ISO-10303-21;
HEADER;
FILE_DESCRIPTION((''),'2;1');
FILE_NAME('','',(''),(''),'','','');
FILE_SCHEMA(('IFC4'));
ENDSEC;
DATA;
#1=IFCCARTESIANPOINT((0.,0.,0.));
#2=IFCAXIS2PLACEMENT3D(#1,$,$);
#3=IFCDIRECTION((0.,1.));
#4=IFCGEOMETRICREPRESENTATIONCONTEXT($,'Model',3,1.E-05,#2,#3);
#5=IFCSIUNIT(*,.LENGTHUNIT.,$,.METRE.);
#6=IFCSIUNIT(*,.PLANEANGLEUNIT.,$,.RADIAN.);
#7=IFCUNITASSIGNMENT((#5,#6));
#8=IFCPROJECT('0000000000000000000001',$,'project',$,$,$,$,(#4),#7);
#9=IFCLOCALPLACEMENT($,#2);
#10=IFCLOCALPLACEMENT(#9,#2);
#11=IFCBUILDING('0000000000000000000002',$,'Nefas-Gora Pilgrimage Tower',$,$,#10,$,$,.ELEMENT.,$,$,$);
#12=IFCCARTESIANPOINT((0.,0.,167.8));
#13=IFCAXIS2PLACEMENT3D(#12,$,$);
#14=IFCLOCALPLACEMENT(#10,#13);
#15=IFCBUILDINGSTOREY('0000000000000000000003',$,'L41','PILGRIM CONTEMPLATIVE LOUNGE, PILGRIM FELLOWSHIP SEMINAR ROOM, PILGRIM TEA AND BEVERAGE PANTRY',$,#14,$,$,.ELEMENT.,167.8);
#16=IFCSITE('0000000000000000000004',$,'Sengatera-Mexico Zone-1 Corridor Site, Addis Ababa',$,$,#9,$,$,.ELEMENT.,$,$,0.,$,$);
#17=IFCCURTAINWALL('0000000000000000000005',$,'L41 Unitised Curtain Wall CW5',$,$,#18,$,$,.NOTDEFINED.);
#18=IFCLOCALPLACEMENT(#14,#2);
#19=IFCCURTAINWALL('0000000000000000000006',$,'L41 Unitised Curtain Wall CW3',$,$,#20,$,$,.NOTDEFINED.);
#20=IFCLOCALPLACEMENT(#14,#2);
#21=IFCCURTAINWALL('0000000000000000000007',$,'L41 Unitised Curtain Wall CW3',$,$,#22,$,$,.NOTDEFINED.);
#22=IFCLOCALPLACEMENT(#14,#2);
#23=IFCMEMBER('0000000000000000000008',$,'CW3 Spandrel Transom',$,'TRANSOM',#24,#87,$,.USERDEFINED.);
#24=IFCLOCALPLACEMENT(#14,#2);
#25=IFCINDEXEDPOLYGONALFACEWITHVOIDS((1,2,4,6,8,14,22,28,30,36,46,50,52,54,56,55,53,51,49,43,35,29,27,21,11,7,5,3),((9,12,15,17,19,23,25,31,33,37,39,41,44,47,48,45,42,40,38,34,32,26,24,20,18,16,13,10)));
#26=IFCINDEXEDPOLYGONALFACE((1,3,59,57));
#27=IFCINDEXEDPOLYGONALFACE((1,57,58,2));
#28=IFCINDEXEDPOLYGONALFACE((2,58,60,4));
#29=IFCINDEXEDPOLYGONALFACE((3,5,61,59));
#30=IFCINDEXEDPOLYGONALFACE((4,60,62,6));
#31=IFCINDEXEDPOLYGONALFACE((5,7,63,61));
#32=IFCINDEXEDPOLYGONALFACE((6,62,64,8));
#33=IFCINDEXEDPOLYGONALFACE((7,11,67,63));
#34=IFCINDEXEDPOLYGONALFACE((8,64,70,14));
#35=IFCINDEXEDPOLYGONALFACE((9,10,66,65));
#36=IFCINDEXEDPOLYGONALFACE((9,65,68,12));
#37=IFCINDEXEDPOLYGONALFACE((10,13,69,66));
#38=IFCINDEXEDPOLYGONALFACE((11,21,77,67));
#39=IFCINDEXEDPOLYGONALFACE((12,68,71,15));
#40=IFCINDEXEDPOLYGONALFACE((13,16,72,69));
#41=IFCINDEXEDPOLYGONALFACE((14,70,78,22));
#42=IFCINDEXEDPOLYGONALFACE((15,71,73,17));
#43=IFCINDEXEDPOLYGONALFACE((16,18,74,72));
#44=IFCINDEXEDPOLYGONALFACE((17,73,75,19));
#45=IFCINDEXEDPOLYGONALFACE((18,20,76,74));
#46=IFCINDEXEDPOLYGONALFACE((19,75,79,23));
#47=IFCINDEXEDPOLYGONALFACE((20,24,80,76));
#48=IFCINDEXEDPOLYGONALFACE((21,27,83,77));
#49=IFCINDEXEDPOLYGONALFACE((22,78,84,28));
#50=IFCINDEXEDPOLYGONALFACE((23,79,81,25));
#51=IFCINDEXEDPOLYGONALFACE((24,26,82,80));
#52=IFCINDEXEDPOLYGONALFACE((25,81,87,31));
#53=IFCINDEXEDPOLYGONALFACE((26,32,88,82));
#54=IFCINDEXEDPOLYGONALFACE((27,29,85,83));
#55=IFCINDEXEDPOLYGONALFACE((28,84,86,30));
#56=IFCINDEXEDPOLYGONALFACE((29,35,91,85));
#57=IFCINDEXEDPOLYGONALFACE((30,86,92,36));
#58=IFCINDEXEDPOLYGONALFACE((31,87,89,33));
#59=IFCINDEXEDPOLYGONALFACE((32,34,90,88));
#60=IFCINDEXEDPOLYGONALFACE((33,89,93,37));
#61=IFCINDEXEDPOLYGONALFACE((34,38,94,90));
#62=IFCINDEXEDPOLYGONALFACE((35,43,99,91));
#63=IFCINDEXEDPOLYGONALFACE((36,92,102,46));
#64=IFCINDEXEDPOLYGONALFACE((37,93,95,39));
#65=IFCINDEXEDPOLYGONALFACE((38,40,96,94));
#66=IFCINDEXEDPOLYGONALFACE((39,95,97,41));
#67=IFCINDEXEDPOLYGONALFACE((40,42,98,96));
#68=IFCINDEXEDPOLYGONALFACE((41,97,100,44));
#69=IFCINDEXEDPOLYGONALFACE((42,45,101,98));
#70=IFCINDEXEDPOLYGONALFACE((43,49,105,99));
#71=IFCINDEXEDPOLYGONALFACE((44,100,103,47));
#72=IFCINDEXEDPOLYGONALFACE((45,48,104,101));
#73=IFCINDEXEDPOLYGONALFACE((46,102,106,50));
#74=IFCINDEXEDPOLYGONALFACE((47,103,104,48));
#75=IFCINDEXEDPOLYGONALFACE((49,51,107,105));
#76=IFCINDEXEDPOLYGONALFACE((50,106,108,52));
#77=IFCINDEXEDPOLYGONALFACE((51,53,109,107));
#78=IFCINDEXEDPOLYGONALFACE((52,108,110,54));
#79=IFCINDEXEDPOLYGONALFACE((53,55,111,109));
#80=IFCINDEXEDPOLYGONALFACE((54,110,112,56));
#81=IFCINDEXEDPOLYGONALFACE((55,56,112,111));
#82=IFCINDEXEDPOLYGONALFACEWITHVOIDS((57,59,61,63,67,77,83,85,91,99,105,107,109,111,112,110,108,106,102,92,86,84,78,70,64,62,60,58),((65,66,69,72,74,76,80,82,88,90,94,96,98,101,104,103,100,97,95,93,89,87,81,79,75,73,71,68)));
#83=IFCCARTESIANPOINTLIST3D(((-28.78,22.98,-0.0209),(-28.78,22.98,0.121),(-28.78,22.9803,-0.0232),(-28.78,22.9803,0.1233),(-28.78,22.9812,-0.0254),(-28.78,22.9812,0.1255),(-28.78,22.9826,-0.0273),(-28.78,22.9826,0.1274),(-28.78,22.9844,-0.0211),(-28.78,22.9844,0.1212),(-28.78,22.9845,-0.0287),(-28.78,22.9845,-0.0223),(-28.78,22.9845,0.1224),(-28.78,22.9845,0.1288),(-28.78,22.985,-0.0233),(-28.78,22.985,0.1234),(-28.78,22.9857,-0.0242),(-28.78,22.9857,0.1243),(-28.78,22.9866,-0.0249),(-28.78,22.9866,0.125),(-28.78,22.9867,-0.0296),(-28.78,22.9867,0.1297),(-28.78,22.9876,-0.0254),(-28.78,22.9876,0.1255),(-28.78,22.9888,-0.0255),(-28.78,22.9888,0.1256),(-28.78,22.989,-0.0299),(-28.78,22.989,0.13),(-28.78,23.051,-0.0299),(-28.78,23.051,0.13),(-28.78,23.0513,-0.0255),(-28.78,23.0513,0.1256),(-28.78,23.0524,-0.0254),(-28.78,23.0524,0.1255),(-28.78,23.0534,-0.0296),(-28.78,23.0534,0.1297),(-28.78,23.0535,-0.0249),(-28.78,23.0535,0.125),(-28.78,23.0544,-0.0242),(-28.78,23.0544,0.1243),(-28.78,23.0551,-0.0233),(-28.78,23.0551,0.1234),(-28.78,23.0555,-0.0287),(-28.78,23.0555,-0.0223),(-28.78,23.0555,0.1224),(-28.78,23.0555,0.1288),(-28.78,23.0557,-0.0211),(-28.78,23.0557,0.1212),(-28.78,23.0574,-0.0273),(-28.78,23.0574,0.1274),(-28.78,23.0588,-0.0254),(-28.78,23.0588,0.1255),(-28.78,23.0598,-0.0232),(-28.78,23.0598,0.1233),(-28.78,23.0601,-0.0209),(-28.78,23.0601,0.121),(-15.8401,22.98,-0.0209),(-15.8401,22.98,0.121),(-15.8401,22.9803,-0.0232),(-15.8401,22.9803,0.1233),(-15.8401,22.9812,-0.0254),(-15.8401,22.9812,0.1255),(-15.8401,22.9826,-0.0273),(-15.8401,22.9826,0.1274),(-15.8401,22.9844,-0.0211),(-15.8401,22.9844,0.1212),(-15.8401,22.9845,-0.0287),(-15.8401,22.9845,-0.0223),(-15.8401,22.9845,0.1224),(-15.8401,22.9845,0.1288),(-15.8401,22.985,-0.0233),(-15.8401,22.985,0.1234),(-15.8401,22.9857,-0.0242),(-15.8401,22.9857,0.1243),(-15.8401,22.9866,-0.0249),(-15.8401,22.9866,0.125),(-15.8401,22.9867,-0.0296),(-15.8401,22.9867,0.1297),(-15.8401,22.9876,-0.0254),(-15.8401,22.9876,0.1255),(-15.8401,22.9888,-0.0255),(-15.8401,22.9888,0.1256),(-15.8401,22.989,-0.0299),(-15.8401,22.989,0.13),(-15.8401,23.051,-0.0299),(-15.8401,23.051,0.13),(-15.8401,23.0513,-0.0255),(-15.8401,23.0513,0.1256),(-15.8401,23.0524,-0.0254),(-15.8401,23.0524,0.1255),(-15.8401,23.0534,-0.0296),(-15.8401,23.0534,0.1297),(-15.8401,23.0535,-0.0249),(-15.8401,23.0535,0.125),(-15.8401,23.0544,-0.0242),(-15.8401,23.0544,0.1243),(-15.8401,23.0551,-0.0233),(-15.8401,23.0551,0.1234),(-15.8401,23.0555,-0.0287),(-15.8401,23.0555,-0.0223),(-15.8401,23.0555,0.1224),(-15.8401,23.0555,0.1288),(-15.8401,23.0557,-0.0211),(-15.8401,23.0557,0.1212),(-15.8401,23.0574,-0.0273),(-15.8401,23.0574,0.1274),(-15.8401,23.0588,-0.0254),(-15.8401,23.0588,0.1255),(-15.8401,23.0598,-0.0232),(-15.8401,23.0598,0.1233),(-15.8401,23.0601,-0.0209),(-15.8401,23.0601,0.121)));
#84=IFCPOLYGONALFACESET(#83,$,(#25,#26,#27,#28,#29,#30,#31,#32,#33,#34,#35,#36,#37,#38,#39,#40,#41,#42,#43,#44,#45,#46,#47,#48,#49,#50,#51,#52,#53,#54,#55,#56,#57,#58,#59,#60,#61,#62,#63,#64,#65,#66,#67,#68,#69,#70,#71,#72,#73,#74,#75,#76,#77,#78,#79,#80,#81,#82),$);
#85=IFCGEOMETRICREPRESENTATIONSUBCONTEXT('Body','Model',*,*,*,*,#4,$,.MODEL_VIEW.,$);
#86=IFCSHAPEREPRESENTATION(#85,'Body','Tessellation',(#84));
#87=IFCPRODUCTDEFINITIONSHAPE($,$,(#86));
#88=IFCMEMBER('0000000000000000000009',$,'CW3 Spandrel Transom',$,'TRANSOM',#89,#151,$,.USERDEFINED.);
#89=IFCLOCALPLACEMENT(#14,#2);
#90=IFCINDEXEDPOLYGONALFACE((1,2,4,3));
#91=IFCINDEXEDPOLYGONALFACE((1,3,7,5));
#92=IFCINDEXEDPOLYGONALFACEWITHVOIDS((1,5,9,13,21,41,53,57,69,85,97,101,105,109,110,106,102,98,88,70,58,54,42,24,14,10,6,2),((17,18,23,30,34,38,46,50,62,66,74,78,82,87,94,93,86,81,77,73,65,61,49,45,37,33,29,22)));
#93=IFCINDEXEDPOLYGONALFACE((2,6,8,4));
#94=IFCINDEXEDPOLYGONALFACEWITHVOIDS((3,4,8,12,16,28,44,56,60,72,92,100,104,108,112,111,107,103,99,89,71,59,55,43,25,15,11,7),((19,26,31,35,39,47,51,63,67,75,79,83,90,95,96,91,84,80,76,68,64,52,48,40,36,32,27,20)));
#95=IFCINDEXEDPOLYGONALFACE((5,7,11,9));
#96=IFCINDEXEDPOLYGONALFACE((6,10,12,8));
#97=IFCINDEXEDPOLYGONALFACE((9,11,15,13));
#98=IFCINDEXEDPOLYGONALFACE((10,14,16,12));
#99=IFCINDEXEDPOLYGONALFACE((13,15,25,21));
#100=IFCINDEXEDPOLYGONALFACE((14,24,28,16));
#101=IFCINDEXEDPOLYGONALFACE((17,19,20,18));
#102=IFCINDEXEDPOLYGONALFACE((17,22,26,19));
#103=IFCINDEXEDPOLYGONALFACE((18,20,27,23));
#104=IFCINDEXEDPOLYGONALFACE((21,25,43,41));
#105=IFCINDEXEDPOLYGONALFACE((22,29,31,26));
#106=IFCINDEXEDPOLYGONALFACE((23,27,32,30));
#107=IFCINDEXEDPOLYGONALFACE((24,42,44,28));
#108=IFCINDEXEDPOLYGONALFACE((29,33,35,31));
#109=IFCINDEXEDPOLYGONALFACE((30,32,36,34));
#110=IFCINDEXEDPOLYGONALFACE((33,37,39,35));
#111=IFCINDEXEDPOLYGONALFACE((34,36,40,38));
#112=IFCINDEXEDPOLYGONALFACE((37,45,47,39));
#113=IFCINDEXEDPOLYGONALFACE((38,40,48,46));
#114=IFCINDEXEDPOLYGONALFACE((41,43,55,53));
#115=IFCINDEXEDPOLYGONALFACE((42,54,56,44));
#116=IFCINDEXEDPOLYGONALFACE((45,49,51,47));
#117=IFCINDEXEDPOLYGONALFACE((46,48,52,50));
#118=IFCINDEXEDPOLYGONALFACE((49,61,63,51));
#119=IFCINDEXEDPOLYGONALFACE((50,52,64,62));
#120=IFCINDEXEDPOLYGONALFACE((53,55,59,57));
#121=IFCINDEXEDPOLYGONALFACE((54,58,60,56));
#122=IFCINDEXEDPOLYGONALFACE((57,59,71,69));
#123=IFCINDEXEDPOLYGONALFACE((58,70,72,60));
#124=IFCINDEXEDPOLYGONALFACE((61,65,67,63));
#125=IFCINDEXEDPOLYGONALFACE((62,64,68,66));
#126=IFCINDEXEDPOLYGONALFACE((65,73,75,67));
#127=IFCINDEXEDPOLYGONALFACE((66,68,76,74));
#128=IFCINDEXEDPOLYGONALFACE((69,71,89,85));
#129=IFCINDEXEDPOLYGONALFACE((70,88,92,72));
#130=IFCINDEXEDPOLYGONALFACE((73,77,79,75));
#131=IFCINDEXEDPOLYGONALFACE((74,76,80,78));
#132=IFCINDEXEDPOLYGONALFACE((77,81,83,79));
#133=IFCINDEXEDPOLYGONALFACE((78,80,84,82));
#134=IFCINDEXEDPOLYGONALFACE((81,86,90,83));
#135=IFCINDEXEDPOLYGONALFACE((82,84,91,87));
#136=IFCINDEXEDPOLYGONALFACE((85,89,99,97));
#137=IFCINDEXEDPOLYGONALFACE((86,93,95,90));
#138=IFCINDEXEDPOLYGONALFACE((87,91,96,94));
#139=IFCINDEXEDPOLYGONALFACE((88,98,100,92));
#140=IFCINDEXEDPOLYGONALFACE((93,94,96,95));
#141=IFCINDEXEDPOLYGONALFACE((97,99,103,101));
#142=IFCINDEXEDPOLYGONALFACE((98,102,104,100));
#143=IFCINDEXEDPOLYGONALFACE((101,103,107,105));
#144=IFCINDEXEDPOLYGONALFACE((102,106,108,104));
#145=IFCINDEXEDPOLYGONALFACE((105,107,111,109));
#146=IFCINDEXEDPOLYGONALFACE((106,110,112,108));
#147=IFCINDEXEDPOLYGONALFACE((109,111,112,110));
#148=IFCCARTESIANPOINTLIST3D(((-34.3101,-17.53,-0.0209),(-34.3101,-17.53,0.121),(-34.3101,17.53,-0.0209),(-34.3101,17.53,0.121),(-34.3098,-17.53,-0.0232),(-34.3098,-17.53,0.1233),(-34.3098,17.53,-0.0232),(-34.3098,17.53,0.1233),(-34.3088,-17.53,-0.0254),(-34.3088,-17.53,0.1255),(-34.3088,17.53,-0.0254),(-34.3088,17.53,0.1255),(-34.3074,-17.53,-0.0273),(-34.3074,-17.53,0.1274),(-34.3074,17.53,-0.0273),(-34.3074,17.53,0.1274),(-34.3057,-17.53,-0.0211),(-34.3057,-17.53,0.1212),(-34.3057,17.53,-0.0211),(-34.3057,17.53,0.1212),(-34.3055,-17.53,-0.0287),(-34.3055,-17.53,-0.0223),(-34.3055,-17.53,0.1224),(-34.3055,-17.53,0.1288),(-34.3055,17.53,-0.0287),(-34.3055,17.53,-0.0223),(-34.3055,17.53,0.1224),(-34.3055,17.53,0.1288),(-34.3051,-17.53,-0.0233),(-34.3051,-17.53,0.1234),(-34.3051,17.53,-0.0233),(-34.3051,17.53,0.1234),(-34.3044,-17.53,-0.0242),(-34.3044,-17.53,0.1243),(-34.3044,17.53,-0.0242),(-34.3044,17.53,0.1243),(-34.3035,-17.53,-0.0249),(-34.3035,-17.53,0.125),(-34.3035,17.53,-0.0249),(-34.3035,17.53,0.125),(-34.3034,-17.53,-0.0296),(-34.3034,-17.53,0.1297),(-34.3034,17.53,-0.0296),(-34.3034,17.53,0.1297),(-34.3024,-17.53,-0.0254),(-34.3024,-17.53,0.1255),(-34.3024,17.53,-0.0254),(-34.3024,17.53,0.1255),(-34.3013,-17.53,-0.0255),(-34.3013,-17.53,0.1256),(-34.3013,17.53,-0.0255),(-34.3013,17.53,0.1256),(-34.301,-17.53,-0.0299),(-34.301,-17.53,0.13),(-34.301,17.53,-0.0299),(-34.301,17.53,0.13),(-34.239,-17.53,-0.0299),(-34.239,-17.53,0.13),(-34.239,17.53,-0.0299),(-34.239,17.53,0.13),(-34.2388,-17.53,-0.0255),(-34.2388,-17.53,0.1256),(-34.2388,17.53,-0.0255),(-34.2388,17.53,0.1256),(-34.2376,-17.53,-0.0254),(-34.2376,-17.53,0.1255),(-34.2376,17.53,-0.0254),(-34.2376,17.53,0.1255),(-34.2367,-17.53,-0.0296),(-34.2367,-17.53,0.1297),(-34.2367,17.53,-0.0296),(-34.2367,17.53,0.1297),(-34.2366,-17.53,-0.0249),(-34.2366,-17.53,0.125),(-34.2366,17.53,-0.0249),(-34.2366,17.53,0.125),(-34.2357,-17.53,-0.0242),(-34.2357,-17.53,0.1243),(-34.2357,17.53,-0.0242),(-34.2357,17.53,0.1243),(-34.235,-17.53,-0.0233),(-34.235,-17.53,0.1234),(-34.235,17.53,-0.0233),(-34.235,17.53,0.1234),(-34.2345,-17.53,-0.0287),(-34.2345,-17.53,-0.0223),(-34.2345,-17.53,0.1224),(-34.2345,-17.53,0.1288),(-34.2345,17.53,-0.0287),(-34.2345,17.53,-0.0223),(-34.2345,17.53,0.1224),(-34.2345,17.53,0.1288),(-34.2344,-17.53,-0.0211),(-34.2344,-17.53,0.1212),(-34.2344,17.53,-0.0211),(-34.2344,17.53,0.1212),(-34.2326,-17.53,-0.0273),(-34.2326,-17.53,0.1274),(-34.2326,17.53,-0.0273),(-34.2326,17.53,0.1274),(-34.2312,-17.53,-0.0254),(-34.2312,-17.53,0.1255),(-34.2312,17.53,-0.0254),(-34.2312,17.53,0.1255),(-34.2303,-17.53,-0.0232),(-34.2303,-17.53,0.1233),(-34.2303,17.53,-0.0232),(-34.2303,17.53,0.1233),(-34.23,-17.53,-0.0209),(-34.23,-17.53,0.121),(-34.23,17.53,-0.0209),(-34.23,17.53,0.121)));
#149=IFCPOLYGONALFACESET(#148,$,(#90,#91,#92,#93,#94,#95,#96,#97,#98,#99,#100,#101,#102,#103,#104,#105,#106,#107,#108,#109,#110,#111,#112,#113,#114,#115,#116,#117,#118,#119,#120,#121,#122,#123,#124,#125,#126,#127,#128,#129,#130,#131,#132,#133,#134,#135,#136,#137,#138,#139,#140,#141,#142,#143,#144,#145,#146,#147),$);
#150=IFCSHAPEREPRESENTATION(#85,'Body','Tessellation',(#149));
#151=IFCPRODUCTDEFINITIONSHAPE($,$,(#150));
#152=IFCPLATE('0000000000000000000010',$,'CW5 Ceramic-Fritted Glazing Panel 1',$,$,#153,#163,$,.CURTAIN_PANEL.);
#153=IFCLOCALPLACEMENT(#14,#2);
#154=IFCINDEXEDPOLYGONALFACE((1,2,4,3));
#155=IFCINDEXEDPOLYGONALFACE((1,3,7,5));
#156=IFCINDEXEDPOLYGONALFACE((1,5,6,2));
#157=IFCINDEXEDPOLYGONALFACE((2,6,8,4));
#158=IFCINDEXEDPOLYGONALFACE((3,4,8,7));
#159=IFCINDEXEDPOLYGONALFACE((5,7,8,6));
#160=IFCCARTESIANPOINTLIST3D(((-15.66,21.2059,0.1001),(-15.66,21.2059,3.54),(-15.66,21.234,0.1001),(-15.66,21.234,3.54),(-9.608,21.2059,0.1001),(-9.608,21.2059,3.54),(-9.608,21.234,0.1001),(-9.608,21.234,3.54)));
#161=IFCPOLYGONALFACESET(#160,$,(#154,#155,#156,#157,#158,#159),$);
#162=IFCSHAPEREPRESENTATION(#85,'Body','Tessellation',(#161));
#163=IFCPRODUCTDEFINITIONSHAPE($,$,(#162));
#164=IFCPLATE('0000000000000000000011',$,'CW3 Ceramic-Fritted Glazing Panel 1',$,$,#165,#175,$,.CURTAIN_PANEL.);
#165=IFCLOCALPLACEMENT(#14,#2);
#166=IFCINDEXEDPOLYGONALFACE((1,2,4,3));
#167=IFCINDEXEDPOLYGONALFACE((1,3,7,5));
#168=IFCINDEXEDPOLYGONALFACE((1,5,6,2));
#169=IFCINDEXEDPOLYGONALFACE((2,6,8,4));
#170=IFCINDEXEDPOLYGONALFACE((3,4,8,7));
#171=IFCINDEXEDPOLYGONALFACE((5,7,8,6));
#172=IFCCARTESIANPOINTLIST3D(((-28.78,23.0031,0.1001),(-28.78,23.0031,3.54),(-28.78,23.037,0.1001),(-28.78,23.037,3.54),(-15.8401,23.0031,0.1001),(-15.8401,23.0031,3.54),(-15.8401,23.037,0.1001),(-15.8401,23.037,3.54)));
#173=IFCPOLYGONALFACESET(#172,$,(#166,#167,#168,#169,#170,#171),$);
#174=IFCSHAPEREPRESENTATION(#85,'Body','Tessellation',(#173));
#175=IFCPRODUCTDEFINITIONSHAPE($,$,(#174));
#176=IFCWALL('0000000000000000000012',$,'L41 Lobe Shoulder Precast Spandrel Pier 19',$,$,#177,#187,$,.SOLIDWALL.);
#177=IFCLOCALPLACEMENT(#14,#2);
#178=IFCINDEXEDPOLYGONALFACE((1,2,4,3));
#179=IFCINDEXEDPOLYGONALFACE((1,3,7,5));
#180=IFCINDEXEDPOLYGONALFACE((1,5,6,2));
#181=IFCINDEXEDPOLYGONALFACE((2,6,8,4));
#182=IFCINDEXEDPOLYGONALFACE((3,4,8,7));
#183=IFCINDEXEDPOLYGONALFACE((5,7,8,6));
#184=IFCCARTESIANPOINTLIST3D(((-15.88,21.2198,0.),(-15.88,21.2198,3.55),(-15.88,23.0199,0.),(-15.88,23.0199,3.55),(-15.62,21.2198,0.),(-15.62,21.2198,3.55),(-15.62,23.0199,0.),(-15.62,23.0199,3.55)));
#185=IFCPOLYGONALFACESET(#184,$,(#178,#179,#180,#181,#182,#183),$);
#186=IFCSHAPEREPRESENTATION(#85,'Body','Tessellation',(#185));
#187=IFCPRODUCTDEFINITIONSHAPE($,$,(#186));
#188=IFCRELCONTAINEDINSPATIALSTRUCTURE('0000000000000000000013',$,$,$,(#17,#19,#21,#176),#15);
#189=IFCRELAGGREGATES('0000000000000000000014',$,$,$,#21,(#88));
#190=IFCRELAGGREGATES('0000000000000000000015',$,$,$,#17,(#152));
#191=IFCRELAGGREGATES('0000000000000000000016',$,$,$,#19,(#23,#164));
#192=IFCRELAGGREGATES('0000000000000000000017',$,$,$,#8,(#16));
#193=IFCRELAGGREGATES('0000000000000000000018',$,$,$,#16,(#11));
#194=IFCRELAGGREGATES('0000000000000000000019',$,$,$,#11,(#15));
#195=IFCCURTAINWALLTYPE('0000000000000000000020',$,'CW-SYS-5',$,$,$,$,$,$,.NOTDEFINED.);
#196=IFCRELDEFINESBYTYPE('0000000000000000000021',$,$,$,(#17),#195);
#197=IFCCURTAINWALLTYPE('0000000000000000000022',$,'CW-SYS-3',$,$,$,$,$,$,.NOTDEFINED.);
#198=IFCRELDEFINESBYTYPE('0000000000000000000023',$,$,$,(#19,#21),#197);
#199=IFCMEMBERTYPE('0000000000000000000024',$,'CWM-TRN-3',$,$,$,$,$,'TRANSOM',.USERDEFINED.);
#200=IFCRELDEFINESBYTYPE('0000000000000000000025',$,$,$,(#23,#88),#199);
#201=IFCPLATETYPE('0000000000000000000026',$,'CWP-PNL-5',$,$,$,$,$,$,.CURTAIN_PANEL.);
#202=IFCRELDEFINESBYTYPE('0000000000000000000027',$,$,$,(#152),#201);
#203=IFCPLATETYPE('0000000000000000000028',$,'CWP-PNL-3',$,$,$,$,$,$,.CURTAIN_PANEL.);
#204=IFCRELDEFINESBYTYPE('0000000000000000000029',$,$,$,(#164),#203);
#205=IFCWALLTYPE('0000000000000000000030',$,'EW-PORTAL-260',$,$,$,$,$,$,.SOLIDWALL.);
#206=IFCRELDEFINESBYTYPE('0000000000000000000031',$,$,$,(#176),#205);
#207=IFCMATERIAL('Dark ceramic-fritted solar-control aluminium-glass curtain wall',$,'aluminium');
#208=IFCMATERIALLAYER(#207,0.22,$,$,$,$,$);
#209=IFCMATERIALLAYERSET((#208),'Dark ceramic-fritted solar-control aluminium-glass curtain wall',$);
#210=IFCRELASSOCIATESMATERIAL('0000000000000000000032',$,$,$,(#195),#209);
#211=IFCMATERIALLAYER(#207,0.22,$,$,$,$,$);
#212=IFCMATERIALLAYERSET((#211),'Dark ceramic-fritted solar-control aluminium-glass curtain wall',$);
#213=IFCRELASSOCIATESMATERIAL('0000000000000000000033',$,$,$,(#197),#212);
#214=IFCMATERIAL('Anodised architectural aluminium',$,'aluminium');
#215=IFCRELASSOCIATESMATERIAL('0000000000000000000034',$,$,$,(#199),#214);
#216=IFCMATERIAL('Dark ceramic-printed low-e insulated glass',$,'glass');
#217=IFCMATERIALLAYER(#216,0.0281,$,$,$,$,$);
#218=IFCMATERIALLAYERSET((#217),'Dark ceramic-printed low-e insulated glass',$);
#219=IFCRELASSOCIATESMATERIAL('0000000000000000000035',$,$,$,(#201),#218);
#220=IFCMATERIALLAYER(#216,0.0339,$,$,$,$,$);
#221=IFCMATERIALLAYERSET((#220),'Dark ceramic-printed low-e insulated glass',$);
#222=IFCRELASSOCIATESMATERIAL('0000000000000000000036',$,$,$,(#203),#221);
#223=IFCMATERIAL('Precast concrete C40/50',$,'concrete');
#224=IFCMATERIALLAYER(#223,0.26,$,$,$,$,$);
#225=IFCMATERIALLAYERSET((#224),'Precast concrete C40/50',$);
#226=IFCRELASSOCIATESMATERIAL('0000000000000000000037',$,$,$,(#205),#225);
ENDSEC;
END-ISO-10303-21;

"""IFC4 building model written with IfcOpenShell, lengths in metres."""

from ifc_helpers import new_model, si_unit, direction, frame, frame_2d, origin, origin_2d, place, context, subcontext, project, spatial, rectangle, hollow_rectangle, extrude, source, transform, mapped, material, layer, layer_set, material_profile, profile_set, type_object, element, aggregate, save


model = new_model("IFC4")

# Units and contexts
model_context = context("Model", 3, precision=1e-05, world=origin(), true_north=direction((0.0, 1.0)))
body_context = subcontext(model_context, "Body", "Model", "MODEL_VIEW")
ifc_project = project(units=[si_unit("LENGTHUNIT", "METRE"), si_unit("PLANEANGLEUNIT", "RADIAN")], contexts=[model_context])

# Site, building, storey
site_placement = place(None, origin())
site = spatial("IfcSite", under=ifc_project, at=site_placement, Name="Sengatera-Mexico Zone-1 Corridor Site, Addis Ababa", CompositionType="ELEMENT", RefElevation=0.0)
building_placement = place(site_placement, origin())
building = spatial("IfcBuilding", under=site, at=building_placement, Name="Nefas-Gora Pilgrimage Tower", CompositionType="ELEMENT")
storey_placement = place(building_placement, frame((0.0, 0.0, 167.8)))
storey = spatial("IfcBuildingStorey", under=building, at=storey_placement, Name="L41", Description="PILGRIM CONTEMPLATIVE LOUNGE, PILGRIM FELLOWSHIP SEMINAR ROOM, PILGRIM TEA AND BEVERAGE PANTRY", CompositionType="ELEMENT", Elevation=167.8)

# Curtain wall
ifc_material_1 = material(Name="Dark ceramic-fritted solar-control aluminium-glass curtain wall", Category="aluminium")
ifc_layer_1 = layer(ifc_material_1, 0.22)
ifc_layer_set_1 = layer_set([ifc_layer_1], Name="Dark ceramic-fritted solar-control aluminium-glass curtain wall")
curtain_wall_type_1 = type_object("IfcCurtainWallType", Name="CW-SYS-5", PredefinedType="NOTDEFINED", material=ifc_layer_set_1)
curtain_wall_1_placement = place(storey_placement, origin())
curtain_wall_1 = element("IfcCurtainWall", 1, at=curtain_wall_1_placement, inside=storey, type_object=curtain_wall_type_1, Name="L41 Unitised Curtain Wall CW5", PredefinedType="NOTDEFINED")
ifc_material_2 = material(Name="Anodised architectural aluminium", Category="aluminium")

# Curtain wall
ifc_layer_2 = layer(ifc_material_1, 0.22)
ifc_layer_set_2 = layer_set([ifc_layer_2], Name="Dark ceramic-fritted solar-control aluminium-glass curtain wall")
curtain_wall_type_2 = type_object("IfcCurtainWallType", Name="CW-SYS-3", PredefinedType="NOTDEFINED", material=ifc_layer_set_2)
curtain_wall_2_placement = place(storey_placement, origin())
curtain_wall_2 = element("IfcCurtainWall", 2, at=curtain_wall_2_placement, inside=storey, type_object=curtain_wall_type_2, Name="L41 Unitised Curtain Wall CW3", PredefinedType="NOTDEFINED")

# Curtain wall
curtain_wall_3_placement = place(storey_placement, origin())
curtain_wall_3 = element("IfcCurtainWall", 3, at=curtain_wall_3_placement, inside=storey, type_object=curtain_wall_type_2, Name="L41 Unitised Curtain Wall CW3", PredefinedType="NOTDEFINED")

# Members
ifc_material_profile_1 = material_profile(ifc_material_2, hollow_rectangle(XDim=0.0801, YDim=0.1599, WallThickness=0.0044, InnerFilletRadius=0.0044, OuterFilletRadius=0.009, at=origin_2d()), Name="ALU TRANSOM 80x160")
ifc_profile_set_1 = profile_set([ifc_material_profile_1], Name="Anodised architectural aluminium")
member_type_1 = type_object("IfcMemberType", Name="CWM-TRN-3", ElementType="TRANSOM", PredefinedType="USERDEFINED", material=ifc_profile_set_1)
shared_shape_1 = source(origin(), body_context, "Body", "SweptSolid", [
    extrude(hollow_rectangle(XDim=0.0801, YDim=0.1599, WallThickness=0.0044, InnerFilletRadius=0.0044, OuterFilletRadius=0.009, at=origin_2d()), origin(), (0.0, 0.0, 1.0), 12.9399),
])
member_1_placement = place(storey_placement, frame((-15.8401, 23.02, 0.05), z_axis=(-1.0, 0.0, 0.0), x_axis=(0.0, -1.0, 0.0)))
member_1 = element("IfcMember", 4, at=member_1_placement, type_object=member_type_1, Name="CW3 Spandrel Transom", ObjectType="TRANSOM", PredefinedType="USERDEFINED", context=body_context, shape_type="MappedRepresentation", body=[
    mapped(shared_shape_1, transform((0.0, 0.0, 0.0), x_axis=(1.0, 0.0, 0.0), y_axis=(0.0, 1.0, 0.0), z_axis=(0.0, 0.0, 1.0), scale=1.0)),
])
shared_shape_2 = source(origin(), body_context, "Body", "SweptSolid", [
    extrude(hollow_rectangle(XDim=0.0801, YDim=0.1599, WallThickness=0.0044, InnerFilletRadius=0.0044, OuterFilletRadius=0.009, at=origin_2d()), origin(), (0.0, 0.0, 1.0), 35.0601),
])
member_2_placement = place(storey_placement, frame((-34.27, 17.53, 0.05), z_axis=(0.0, -1.0, 0.0), x_axis=(1.0, 0.0, 0.0)))
member_2 = element("IfcMember", 5, at=member_2_placement, type_object=member_type_1, Name="CW3 Spandrel Transom", ObjectType="TRANSOM", PredefinedType="USERDEFINED", context=body_context, shape_type="MappedRepresentation", body=[
    mapped(shared_shape_2, transform((0.0, 0.0, 0.0), x_axis=(1.0, 0.0, 0.0), y_axis=(0.0, 1.0, 0.0), z_axis=(0.0, 0.0, 1.0), scale=1.0)),
])
aggregate(curtain_wall_3, [member_2])

# Plates
ifc_material_3 = material(Name="Dark ceramic-printed low-e insulated glass", Category="glass")
ifc_layer_3 = layer(ifc_material_3, 0.0281)
ifc_layer_set_3 = layer_set([ifc_layer_3], Name="Dark ceramic-printed low-e insulated glass")
plate_type_1 = type_object("IfcPlateType", Name="CWP-PNL-5", PredefinedType="CURTAIN_PANEL", material=ifc_layer_set_3)
shared_shape_3 = source(origin(), body_context, "Body", "SweptSolid", [
    extrude(rectangle(XDim=6.052, YDim=0.0281, at=origin_2d()), origin(), (0.0, 0.0, 1.0), 3.4399),
])
plate_1_placement = place(storey_placement, frame((-12.634, 21.22, 0.1001), z_axis=(0.0, 0.0, 1.0), x_axis=(-1.0, 0.0, 0.0)))
plate_1 = element("IfcPlate", 6, at=plate_1_placement, type_object=plate_type_1, Name="CW5 Ceramic-Fritted Glazing Panel 1", PredefinedType="CURTAIN_PANEL", context=body_context, shape_type="MappedRepresentation", body=[
    mapped(shared_shape_3, transform((0.0, 0.0, 0.0), x_axis=(1.0, 0.0, 0.0), y_axis=(0.0, 1.0, 0.0), z_axis=(0.0, 0.0, 1.0), scale=1.0)),
])
aggregate(curtain_wall_1, [plate_1])
ifc_layer_4 = layer(ifc_material_3, 0.0339)
ifc_layer_set_4 = layer_set([ifc_layer_4], Name="Dark ceramic-printed low-e insulated glass")
plate_type_2 = type_object("IfcPlateType", Name="CWP-PNL-3", PredefinedType="CURTAIN_PANEL", material=ifc_layer_set_4)
shared_shape_4 = source(origin(), body_context, "Body", "SweptSolid", [
    extrude(rectangle(XDim=12.9399, YDim=0.0339, at=origin_2d()), origin(), (0.0, 0.0, 1.0), 3.4399),
])
plate_2_placement = place(storey_placement, frame((-22.3101, 23.02, 0.1001), z_axis=(0.0, 0.0, 1.0), x_axis=(-1.0, 0.0, 0.0)))
plate_2 = element("IfcPlate", 7, at=plate_2_placement, type_object=plate_type_2, Name="CW3 Ceramic-Fritted Glazing Panel 1", PredefinedType="CURTAIN_PANEL", context=body_context, shape_type="MappedRepresentation", body=[
    mapped(shared_shape_4, transform((0.0, 0.0, 0.0), x_axis=(1.0, 0.0, 0.0), y_axis=(0.0, 1.0, 0.0), z_axis=(0.0, 0.0, 1.0), scale=1.0)),
])
aggregate(curtain_wall_2, [member_1, plate_2])

# Wall
ifc_material_4 = material(Name="Precast concrete C40/50", Category="concrete")
ifc_layer_5 = layer(ifc_material_4, 0.26)
ifc_layer_set_5 = layer_set([ifc_layer_5], Name="Precast concrete C40/50")
wall_type_1 = type_object("IfcWallType", Name="EW-PORTAL-260", PredefinedType="SOLIDWALL", material=ifc_layer_set_5)
shared_shape_5 = source(origin(), body_context, "Body", "SweptSolid", [
    extrude(rectangle(XDim=1.8, YDim=0.26, at=frame_2d((0.8999, 0.0))), origin(), (0.0, 0.0, 1.0), 3.55),
])
wall_1_placement = place(storey_placement, frame((-15.75, 21.22, 0.0), z_axis=(0.0, 0.0, 1.0), x_axis=(0.0, 1.0, 0.0)))
element("IfcWall", 8, at=wall_1_placement, inside=storey, type_object=wall_type_1, Name="L41 Lobe Shoulder Precast Spandrel Pier 19", PredefinedType="SOLIDWALL", context=body_context, shape_type="MappedRepresentation", body=[
    mapped(shared_shape_5, transform((0.0, 0.0, 0.0), x_axis=(1.0, 0.0, 0.0), y_axis=(0.0, 1.0, 0.0), z_axis=(0.0, 0.0, 1.0), scale=1.0)),
])

save(model, "model.ifc")
